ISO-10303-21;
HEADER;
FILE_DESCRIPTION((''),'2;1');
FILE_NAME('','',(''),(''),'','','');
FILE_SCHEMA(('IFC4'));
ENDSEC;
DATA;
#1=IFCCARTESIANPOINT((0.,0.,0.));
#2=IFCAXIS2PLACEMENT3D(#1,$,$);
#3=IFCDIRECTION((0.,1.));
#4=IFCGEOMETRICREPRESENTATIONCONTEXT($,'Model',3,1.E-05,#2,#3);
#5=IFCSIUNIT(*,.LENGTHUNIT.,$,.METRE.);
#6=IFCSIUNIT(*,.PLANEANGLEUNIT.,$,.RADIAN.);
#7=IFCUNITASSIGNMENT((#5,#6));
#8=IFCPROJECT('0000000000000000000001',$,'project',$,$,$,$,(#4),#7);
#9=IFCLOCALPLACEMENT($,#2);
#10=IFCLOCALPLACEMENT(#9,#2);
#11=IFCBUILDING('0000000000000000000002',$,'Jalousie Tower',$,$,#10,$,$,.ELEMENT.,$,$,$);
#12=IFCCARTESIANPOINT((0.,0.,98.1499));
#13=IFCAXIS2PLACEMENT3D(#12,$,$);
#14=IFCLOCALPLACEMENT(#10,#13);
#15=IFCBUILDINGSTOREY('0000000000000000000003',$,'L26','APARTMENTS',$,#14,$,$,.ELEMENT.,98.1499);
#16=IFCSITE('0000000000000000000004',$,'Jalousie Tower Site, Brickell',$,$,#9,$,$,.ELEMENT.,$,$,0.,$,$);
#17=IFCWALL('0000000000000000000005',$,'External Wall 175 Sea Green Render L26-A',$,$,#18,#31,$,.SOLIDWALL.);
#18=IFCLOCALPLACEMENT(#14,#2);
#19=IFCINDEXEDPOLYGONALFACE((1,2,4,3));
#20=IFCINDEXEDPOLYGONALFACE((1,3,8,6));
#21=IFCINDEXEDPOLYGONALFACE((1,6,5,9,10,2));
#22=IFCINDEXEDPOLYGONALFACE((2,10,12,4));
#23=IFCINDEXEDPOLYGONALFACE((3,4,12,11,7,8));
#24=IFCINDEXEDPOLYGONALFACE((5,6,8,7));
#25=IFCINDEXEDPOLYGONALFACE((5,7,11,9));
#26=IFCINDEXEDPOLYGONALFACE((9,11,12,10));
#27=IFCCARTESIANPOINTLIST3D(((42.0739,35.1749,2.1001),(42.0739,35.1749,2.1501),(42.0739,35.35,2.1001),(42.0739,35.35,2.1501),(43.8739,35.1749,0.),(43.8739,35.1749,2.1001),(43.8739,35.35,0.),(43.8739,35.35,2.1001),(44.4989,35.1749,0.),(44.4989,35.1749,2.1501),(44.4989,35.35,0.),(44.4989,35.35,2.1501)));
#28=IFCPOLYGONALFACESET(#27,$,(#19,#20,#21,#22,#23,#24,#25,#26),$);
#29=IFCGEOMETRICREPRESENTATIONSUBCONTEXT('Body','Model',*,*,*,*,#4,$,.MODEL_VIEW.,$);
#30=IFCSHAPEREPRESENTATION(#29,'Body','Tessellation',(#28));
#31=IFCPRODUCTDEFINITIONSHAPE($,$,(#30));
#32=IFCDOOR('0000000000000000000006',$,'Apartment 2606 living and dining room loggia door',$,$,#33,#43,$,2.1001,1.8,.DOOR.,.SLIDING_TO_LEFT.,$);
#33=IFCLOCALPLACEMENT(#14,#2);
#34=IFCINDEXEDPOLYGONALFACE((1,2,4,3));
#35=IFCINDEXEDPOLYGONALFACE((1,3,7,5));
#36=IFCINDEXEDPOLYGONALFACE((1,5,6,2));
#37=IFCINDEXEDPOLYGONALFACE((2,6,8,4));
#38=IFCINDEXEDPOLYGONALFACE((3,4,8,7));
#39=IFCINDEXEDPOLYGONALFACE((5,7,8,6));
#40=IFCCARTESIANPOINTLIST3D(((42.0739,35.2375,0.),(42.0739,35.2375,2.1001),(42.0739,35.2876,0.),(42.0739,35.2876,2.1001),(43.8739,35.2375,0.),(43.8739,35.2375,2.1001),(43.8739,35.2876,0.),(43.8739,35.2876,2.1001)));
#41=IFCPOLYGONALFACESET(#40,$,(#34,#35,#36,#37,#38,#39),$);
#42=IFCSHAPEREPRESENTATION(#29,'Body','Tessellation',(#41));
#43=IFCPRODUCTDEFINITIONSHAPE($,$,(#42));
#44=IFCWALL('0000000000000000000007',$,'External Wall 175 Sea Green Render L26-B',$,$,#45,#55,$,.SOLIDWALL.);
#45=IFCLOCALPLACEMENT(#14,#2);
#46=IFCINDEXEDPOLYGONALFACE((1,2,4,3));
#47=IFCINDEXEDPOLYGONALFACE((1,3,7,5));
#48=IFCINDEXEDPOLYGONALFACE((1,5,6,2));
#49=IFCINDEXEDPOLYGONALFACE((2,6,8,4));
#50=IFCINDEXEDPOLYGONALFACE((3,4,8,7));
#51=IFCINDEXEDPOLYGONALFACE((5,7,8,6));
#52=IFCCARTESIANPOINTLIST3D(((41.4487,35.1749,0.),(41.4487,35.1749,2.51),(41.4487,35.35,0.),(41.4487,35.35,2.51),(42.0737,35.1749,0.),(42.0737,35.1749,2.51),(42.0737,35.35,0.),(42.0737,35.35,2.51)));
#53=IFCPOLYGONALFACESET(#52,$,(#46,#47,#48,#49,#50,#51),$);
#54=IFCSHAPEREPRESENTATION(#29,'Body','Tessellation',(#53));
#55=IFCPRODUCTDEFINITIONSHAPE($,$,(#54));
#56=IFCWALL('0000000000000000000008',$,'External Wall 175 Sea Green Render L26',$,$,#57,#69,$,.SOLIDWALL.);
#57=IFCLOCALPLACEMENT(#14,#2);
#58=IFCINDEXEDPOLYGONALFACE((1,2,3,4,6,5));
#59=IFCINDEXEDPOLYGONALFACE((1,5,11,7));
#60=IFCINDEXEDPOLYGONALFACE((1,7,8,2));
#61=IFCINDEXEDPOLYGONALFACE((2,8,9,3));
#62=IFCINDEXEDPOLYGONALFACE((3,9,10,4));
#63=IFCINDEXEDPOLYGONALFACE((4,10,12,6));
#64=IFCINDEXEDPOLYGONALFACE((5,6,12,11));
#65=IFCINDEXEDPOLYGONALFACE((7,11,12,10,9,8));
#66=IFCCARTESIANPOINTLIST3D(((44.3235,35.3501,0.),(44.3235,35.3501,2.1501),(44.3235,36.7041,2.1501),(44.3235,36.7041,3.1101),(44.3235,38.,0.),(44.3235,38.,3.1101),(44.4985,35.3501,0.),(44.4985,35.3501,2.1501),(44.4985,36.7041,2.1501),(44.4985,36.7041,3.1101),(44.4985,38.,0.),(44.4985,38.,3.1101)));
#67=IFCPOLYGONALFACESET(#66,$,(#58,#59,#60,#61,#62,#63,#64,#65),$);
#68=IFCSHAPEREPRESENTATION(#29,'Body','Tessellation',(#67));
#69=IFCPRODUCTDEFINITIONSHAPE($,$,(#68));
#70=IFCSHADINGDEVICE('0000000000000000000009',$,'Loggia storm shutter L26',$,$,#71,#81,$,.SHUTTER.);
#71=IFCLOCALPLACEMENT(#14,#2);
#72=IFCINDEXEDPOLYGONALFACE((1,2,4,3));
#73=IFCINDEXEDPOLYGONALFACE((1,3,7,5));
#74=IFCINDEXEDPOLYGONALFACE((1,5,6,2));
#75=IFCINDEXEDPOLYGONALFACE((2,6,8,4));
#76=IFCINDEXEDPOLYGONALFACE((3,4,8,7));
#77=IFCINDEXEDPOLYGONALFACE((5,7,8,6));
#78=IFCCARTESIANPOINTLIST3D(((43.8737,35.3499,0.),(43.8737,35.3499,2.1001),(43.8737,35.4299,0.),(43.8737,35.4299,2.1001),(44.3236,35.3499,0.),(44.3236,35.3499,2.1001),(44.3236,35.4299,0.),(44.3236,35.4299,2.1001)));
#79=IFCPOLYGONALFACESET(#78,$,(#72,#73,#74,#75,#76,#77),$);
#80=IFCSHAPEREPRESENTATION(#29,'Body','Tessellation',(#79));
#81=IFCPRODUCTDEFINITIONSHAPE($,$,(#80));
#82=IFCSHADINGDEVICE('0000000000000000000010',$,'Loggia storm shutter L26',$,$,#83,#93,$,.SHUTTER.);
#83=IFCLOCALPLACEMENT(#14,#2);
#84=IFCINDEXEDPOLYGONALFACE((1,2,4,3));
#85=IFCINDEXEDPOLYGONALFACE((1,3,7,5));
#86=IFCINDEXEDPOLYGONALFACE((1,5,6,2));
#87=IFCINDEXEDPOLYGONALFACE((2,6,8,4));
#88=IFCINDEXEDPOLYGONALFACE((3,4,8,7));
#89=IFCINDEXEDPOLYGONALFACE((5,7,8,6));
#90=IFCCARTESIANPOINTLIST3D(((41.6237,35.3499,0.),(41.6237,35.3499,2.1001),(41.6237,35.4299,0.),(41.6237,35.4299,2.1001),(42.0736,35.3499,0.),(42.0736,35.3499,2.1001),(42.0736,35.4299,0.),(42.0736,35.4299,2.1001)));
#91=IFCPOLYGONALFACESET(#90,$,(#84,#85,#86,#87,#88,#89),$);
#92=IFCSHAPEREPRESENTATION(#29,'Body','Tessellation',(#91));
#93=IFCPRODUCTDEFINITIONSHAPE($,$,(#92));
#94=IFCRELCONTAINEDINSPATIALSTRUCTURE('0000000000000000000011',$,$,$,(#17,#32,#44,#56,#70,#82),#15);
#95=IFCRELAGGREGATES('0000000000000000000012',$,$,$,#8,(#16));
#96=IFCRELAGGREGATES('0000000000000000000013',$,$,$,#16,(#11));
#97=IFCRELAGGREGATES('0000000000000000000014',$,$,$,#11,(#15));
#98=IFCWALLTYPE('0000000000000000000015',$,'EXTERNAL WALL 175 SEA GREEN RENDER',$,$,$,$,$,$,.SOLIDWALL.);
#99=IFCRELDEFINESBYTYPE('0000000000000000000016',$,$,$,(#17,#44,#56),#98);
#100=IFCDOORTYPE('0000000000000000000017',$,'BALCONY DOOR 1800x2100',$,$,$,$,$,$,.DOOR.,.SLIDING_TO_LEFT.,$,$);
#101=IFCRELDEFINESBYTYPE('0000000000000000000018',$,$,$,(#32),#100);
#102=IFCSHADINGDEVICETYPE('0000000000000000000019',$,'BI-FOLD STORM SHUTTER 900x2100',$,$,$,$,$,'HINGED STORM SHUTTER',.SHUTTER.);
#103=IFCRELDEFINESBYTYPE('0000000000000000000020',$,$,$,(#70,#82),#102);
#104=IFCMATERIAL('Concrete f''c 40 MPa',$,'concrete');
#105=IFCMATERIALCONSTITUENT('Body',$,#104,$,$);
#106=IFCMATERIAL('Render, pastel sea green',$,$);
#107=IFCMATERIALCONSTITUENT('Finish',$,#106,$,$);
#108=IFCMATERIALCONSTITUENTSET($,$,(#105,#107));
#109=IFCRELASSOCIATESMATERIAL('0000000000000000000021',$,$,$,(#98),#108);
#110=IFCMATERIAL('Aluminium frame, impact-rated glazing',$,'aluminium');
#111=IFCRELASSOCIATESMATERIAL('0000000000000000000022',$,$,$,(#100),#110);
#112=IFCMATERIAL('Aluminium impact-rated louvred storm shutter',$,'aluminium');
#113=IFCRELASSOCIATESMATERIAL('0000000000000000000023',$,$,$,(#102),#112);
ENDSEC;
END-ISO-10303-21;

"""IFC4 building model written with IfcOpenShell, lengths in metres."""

from ifc_helpers import new_model, si_unit, direction, frame, frame_2d, origin, origin_2d, place, context, subcontext, project, spatial, polyline, rectangle, outline, extrude, material, constituent, constituent_set, type_object, element, fill, save


model = new_model("IFC4")

# Units and contexts
model_context = context("Model", 3, precision=1e-05, world=origin(), true_north=direction((0.0, 1.0)))
body_context = subcontext(model_context, "Body", "Model", "MODEL_VIEW")
ifc_project = project(units=[si_unit("LENGTHUNIT", "METRE"), si_unit("PLANEANGLEUNIT", "RADIAN")], contexts=[model_context])

# Site, building, storey
site_placement = place(None, origin())
site = spatial("IfcSite", under=ifc_project, at=site_placement, Name="Jalousie Tower Site, Brickell", CompositionType="ELEMENT", RefElevation=0.0)
building_placement = place(site_placement, origin())
building = spatial("IfcBuilding", under=site, at=building_placement, Name="Jalousie Tower", CompositionType="ELEMENT")
storey_placement = place(building_placement, frame((0.0, 0.0, 98.1499)))
storey = spatial("IfcBuildingStorey", under=building, at=storey_placement, Name="L26", Description="APARTMENTS", CompositionType="ELEMENT", Elevation=98.1499)

# Shared definitions
ifc_material_1 = material(Name="Concrete f'c 40 MPa", Category="concrete")
ifc_constituent_1 = constituent(ifc_material_1, Name="Body")
ifc_material_2 = material(Name="Render, pastel sea green")
ifc_constituent_2 = constituent(ifc_material_2, Name="Finish")
ifc_constituent_set = constituent_set(constituents=[ifc_constituent_1, ifc_constituent_2])
wall_type = type_object("IfcWallType", Name="EXTERNAL WALL 175 SEA GREEN RENDER", PredefinedType="SOLIDWALL", material=ifc_constituent_set)

# Wall, opening, door
wall_1_placement = place(storey_placement, frame((44.4988, 35.2625, 0.0), z_axis=(0.0, 0.0, 1.0), x_axis=(-1.0, 0.0, 0.0)))
wall_1 = element("IfcWall", 1, at=wall_1_placement, inside=storey, type_object=wall_type, Name="External Wall 175 Sea Green Render L26-A", PredefinedType="SOLIDWALL", context=body_context, shape_type="SweptSolid", body=[
    extrude(rectangle(XDim=2.425, YDim=0.175, at=frame_2d((1.2124, 0.0))), origin(), (0.0, 0.0, 1.0), 2.1501),
])
opening_placement = place(wall_1_placement, frame((0.625, 0.0, 0.0)))
opening = element("IfcOpeningElement", 2, at=opening_placement, cuts=wall_1, PredefinedType="OPENING", context=body_context, shape_type="SweptSolid", body=[
    extrude(rectangle(XDim=1.8, YDim=2.1001, at=frame_2d((0.8999, 1.05))), frame((0.0, 0.0974, 0.0), z_axis=(0.0, -1.0, 0.0), x_axis=(1.0, 0.0, 0.0)), (0.0, 0.0, 1.0), 0.1951),
])
ifc_material_3 = material(Name="Aluminium frame, impact-rated glazing", Category="aluminium")
door_type = type_object("IfcDoorType", Name="BALCONY DOOR 1800x2100", OperationType="SLIDING_TO_LEFT", PredefinedType="DOOR", material=ifc_material_3)
door_placement = place(opening_placement, origin())
door = element("IfcDoor", 3, at=door_placement, inside=storey, type_object=door_type, Name="Apartment 2606 living and dining room loggia door", OperationType="SLIDING_TO_LEFT", OverallHeight=2.1001, OverallWidth=1.8, PredefinedType="DOOR", context=body_context, shape_type="SweptSolid", body=[
    extrude(rectangle(XDim=1.8, YDim=2.1001, at=frame_2d((0.8999, 1.05))), frame((0.0, 0.0249, 0.0), z_axis=(0.0, -1.0, 0.0), x_axis=(1.0, 0.0, 0.0)), (0.0, 0.0, 1.0), 0.05),
])
fill(opening, door)

# Walls
wall_2_placement = place(storey_placement, frame((42.0737, 35.2625, 0.0), z_axis=(0.0, 0.0, 1.0), x_axis=(-1.0, 0.0, 0.0)))
element("IfcWall", 4, at=wall_2_placement, inside=storey, type_object=wall_type, Name="External Wall 175 Sea Green Render L26-B", PredefinedType="SOLIDWALL", context=body_context, shape_type="SweptSolid", body=[
    extrude(rectangle(XDim=0.625, YDim=0.175, at=frame_2d((0.3125, 0.0))), origin(), (0.0, 0.0, 1.0), 2.51),
])
wall_3_placement = place(storey_placement, frame((44.4111, 38.0, 0.0), z_axis=(0.0, 0.0, 1.0), x_axis=(0.0, -1.0, 0.0)))
element("IfcWall", 5, at=wall_3_placement, inside=storey, type_object=wall_type, Name="External Wall 175 Sea Green Render L26", PredefinedType="SOLIDWALL", context=body_context, shape_type="SweptSolid", body=[
    extrude(outline(polyline([(0.0, 0.0), (2.6499, 0.0), (2.6499, 2.1501), (1.2959, 2.1501), (1.2959, 3.1101), (0.0, 3.1101), (0.0, 0.0)])), frame((0.0, 0.0874, 0.0), z_axis=(0.0, -1.0, 0.0), x_axis=(1.0, 0.0, 0.0)), (0.0, 0.0, 1.0), 0.175),
])

# Shading devices
ifc_material_4 = material(Name="Aluminium impact-rated louvred storm shutter", Category="aluminium")
shading_device_type_1 = type_object("IfcShadingDeviceType", Name="BI-FOLD STORM SHUTTER 900x2100", ElementType="HINGED STORM SHUTTER", PredefinedType="SHUTTER", material=ifc_material_4)
for number, where, z_axis, x_axis, name in (
    (6, (44.0986, 35.3899, 0.0), (0.0, 0.0, 1.0), (-1.0, 0.0, 0.0), "Loggia storm shutter L26"),
    (7, (41.8486, 35.3899, 0.0), (0.0, 0.0, 1.0), (-1.0, 0.0, 0.0), "Loggia storm shutter L26"),
):
    element("IfcShadingDevice", number, at=place(storey_placement, frame(where, z_axis=z_axis, x_axis=x_axis)), inside=storey, type_object=shading_device_type_1, Name=name, PredefinedType="SHUTTER", context=body_context, shape_type="SweptSolid", body=[
        extrude(rectangle(XDim=0.45, YDim=0.0801, at=origin_2d()), origin(), (0.0, 0.0, 1.0), 2.1001),
    ])

save(model, "model.ifc")
